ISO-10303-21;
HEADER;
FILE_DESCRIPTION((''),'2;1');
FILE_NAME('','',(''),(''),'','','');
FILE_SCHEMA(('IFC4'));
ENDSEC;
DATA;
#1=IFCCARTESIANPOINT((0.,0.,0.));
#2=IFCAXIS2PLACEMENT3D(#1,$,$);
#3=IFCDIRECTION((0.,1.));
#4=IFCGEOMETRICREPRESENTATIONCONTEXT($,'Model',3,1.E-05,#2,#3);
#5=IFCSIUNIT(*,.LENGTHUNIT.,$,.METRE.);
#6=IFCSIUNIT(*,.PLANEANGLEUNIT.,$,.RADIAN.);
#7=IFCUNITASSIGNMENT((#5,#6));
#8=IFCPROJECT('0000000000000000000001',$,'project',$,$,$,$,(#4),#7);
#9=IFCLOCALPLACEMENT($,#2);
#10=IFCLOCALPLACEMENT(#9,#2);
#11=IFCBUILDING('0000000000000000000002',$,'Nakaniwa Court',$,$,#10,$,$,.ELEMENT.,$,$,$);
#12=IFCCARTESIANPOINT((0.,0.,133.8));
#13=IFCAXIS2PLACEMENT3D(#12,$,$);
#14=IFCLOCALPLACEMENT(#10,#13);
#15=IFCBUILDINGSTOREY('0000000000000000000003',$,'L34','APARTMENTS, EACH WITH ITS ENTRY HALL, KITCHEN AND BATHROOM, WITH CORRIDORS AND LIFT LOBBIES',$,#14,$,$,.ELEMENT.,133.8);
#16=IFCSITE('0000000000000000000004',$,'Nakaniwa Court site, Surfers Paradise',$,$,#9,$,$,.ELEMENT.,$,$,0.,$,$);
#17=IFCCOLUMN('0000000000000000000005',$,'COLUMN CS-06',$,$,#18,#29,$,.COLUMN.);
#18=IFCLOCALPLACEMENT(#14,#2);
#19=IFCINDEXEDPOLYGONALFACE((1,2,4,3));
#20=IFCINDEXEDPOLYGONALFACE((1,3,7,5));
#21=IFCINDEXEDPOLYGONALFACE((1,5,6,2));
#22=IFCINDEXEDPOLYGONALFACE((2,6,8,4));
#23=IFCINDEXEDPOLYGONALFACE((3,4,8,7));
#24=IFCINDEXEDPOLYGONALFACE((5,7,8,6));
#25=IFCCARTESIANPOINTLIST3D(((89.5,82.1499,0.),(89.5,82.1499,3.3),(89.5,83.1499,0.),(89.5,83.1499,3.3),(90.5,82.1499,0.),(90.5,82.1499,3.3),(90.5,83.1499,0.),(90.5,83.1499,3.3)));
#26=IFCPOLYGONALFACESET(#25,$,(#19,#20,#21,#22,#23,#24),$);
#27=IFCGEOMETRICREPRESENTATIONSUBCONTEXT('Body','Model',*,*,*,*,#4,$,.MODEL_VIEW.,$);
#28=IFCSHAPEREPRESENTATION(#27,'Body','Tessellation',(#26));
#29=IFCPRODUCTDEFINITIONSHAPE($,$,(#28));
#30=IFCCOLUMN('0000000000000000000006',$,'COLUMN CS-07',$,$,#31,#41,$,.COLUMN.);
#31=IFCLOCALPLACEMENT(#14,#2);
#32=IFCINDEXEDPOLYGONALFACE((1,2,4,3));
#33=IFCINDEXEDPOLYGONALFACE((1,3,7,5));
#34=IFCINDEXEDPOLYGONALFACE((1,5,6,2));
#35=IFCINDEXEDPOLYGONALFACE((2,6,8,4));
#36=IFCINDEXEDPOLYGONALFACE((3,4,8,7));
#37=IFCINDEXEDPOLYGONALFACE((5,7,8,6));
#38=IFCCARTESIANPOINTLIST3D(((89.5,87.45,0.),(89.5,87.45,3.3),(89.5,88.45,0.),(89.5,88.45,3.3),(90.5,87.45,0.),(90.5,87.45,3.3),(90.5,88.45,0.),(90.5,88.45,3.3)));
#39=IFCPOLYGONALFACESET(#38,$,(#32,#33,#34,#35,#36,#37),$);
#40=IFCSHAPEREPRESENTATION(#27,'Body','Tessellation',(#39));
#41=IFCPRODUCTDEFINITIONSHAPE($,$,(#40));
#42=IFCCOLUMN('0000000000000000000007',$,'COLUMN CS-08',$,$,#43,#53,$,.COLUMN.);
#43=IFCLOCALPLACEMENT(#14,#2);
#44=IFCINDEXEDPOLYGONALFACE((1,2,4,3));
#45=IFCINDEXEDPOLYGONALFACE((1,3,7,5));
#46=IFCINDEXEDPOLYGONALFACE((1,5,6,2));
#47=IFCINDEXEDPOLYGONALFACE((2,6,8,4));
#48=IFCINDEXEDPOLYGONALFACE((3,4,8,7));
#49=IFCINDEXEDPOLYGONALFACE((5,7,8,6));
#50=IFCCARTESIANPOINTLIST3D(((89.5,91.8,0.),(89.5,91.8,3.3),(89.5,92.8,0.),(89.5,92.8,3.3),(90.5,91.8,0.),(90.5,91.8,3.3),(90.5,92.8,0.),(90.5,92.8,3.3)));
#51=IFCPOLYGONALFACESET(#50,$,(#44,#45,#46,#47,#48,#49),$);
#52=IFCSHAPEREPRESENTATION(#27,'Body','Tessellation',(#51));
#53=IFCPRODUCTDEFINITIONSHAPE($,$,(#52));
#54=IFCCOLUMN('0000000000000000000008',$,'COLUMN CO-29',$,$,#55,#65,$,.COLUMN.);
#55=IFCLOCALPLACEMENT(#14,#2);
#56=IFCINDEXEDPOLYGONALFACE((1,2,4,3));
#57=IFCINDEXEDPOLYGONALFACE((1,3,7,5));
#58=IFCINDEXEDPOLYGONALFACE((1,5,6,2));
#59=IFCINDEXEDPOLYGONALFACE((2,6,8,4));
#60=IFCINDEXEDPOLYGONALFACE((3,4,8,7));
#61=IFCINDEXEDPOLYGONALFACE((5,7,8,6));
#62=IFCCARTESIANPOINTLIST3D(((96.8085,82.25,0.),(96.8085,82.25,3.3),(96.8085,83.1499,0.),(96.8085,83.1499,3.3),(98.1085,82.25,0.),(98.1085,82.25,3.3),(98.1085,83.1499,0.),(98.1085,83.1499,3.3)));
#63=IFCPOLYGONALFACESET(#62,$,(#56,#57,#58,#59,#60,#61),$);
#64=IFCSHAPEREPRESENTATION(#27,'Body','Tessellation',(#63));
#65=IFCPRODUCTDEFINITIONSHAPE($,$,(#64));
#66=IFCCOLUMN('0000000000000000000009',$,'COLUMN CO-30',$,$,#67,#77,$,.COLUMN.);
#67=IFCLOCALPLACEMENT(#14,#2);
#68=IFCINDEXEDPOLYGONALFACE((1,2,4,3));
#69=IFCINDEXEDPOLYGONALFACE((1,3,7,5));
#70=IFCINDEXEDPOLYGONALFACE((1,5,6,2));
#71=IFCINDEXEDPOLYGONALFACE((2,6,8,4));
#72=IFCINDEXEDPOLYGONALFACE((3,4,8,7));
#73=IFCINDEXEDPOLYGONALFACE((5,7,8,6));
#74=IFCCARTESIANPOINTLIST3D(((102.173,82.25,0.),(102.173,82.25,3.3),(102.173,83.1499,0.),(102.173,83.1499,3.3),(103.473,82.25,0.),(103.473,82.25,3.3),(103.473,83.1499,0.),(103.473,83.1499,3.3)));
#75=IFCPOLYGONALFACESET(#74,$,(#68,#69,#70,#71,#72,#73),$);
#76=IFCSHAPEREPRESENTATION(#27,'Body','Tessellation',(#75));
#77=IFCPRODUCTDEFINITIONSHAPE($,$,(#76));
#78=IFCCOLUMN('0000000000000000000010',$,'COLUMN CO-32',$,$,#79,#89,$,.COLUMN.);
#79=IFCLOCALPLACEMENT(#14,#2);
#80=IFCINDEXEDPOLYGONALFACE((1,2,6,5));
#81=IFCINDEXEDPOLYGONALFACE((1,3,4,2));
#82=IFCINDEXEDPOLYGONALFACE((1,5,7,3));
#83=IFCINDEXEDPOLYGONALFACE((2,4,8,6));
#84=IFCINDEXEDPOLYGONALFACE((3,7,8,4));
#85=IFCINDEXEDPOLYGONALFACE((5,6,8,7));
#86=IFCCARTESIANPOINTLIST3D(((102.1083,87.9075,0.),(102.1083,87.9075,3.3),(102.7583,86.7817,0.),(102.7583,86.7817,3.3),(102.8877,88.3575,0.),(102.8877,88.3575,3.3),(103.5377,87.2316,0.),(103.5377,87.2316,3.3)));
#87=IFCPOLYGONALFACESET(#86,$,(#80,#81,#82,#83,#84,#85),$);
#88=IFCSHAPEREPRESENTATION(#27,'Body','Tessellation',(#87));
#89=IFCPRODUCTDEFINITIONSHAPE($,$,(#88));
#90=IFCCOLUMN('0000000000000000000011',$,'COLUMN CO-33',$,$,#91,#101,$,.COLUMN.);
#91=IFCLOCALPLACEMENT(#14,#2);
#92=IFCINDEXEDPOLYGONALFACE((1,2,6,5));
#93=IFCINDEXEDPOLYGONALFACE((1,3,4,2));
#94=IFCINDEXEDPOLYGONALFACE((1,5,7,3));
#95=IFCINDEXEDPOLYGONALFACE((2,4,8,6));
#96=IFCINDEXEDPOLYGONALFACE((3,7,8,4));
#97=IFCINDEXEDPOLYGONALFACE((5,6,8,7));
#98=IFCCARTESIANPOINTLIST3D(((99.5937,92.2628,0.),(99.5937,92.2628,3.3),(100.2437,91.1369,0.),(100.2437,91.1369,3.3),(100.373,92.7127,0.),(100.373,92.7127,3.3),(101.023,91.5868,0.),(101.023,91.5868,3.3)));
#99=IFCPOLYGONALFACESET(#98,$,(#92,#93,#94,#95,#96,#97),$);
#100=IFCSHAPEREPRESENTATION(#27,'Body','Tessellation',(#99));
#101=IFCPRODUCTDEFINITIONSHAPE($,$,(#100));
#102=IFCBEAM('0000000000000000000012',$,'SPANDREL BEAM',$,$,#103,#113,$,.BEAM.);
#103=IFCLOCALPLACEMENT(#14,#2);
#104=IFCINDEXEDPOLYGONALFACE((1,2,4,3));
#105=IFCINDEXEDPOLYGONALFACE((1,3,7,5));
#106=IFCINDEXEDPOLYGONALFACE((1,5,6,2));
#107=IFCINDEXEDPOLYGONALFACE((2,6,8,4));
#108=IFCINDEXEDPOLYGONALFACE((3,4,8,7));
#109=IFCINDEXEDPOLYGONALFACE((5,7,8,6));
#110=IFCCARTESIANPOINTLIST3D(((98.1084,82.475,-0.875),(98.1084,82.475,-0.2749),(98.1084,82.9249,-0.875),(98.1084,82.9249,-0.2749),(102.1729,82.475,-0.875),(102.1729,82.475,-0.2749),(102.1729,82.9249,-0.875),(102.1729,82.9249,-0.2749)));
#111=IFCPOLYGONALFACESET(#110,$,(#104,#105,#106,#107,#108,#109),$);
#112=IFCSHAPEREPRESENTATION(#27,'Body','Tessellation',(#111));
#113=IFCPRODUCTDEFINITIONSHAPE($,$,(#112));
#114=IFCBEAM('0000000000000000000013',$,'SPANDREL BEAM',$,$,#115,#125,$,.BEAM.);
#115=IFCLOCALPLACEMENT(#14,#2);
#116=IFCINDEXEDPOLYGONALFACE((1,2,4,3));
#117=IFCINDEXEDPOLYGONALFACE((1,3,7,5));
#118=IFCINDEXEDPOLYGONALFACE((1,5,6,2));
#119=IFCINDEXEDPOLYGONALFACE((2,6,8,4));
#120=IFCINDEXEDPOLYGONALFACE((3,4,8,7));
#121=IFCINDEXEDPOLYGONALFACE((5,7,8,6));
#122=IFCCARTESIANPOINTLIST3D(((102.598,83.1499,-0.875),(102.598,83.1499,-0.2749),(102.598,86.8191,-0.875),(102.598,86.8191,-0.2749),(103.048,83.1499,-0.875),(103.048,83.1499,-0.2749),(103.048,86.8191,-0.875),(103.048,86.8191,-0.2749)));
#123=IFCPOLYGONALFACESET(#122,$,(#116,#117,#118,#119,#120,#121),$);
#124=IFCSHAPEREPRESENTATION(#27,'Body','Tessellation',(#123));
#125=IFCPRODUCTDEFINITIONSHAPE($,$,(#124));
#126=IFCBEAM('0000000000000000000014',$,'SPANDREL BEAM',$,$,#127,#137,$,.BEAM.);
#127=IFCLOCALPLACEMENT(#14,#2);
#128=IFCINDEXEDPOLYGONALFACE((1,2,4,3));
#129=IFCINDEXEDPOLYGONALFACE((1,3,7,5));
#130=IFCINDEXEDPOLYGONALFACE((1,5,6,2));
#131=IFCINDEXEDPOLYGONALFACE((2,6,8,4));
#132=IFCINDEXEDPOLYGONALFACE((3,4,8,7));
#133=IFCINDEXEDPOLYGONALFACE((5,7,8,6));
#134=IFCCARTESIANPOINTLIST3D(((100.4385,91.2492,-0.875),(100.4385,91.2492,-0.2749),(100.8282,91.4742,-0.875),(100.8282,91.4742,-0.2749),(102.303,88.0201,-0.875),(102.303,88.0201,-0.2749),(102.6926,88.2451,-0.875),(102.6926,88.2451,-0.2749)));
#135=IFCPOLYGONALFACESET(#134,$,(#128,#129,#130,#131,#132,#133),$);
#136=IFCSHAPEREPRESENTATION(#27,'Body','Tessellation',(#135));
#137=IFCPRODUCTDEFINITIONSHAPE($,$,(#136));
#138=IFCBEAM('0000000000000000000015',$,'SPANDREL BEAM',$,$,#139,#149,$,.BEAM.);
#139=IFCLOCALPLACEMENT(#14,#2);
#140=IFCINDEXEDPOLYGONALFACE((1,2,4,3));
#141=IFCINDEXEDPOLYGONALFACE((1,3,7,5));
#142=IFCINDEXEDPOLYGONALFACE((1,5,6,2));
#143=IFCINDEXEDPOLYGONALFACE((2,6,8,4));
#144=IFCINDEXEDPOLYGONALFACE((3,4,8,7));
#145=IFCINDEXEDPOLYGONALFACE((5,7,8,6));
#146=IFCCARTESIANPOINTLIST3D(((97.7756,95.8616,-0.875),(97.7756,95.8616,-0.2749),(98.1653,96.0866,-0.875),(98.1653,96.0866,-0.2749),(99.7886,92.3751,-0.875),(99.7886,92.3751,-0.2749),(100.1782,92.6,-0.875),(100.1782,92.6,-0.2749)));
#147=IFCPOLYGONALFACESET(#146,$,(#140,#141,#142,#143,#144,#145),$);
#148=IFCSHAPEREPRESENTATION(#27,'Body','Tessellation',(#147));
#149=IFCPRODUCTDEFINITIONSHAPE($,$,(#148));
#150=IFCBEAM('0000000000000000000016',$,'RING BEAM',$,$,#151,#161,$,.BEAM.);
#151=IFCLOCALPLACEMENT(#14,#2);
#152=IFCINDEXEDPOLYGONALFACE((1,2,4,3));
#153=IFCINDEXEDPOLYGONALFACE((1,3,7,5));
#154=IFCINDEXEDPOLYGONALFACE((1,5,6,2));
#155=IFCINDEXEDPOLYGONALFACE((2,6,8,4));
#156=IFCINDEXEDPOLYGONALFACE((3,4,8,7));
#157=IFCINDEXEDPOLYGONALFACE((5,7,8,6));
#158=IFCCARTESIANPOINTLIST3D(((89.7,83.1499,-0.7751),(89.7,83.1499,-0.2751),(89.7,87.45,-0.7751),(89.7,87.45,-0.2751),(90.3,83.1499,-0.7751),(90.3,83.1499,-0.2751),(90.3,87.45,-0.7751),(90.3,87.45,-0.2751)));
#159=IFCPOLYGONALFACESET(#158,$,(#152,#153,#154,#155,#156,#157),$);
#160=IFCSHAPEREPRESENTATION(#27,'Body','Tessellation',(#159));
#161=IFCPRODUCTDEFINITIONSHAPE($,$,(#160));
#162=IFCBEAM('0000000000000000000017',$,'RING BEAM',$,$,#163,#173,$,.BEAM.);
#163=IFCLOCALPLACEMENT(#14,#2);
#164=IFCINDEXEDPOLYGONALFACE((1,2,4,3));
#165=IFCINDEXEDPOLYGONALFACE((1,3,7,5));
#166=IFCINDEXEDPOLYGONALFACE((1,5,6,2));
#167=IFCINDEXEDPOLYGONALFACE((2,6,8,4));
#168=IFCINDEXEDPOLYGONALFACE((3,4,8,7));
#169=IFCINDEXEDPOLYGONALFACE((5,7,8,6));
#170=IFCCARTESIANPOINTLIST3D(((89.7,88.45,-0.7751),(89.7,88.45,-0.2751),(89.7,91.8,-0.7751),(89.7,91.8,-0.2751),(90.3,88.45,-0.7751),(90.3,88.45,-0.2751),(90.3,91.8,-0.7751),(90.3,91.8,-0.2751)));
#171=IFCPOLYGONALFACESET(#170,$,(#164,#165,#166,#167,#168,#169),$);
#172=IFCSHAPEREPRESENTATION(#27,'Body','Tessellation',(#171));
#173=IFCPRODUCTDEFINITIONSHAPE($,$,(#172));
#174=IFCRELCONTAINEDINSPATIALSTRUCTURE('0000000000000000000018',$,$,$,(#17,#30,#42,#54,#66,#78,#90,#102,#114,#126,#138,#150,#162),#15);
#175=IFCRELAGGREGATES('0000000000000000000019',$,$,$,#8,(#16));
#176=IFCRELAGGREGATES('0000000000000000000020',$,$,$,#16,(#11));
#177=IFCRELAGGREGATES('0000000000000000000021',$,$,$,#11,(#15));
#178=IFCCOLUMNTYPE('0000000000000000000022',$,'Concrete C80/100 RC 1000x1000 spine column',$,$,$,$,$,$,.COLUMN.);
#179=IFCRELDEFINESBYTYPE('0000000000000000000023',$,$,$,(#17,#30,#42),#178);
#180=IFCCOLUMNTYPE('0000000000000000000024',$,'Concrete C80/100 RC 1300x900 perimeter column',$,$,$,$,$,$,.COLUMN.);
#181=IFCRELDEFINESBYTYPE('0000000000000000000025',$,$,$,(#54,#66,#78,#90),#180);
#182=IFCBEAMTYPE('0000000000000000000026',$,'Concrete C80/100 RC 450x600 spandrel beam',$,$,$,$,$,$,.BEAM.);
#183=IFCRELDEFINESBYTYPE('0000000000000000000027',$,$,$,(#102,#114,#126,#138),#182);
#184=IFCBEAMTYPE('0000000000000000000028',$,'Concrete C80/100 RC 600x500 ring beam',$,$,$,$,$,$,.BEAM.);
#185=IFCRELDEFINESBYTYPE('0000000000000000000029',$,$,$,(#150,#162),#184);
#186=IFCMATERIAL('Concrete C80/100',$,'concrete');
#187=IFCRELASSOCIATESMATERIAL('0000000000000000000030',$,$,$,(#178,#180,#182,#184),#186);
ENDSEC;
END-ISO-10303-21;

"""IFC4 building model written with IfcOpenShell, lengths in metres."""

from ifc_helpers import new_model, si_unit, direction, frame, origin, origin_2d, place, context, subcontext, project, spatial, rectangle, extrude, material, material_profile, profile_set, type_object, element, save


model = new_model("IFC4")

# Units and contexts
model_context = context("Model", 3, precision=1e-05, world=origin(), true_north=direction((0.0, 1.0)))
body_context = subcontext(model_context, "Body", "Model", "MODEL_VIEW")
ifc_project = project(units=[si_unit("LENGTHUNIT", "METRE"), si_unit("PLANEANGLEUNIT", "RADIAN")], contexts=[model_context])

# Site, building, storey
site_placement = place(None, origin())
site = spatial("IfcSite", under=ifc_project, at=site_placement, Name="Nakaniwa Court site, Surfers Paradise", CompositionType="ELEMENT", RefElevation=0.0)
building_placement = place(site_placement, origin())
building = spatial("IfcBuilding", under=site, at=building_placement, Name="Nakaniwa Court", CompositionType="ELEMENT")
storey_placement = place(building_placement, frame((0.0, 0.0, 133.8)))
storey = spatial("IfcBuildingStorey", under=building, at=storey_placement, Name="L34", Description="APARTMENTS, EACH WITH ITS ENTRY HALL, KITCHEN AND BATHROOM, WITH CORRIDORS AND LIFT LOBBIES", CompositionType="ELEMENT", Elevation=133.8)

# Columns
ifc_material_1 = material(Name="Concrete C80/100", Category="concrete")
ifc_material_profile_1 = material_profile(ifc_material_1, rectangle(XDim=1.0, YDim=1.0, at=origin_2d()), Name="Concrete C80/100 RC 1000x1000 spine column")
ifc_profile_set_1 = profile_set([ifc_material_profile_1], Name="Concrete C80/100")
column_type_1 = type_object("IfcColumnType", Name="Concrete C80/100 RC 1000x1000 spine column", PredefinedType="COLUMN", material=ifc_profile_set_1)
for number, where, z_axis, x_axis, name in (
    (1, (90.0, 82.6499, 0.0), (0.0, 0.0, 1.0), (0.0, 1.0, 0.0), "COLUMN CS-06"),
    (2, (90.0, 87.95, 0.0), (0.0, 0.0, 1.0), (0.0, 1.0, 0.0), "COLUMN CS-07"),
    (3, (90.0, 92.3, 0.0), (0.0, 0.0, 1.0), (0.0, 1.0, 0.0), "COLUMN CS-08"),
):
    element("IfcColumn", number, at=place(storey_placement, frame(where, z_axis=z_axis, x_axis=x_axis)), inside=storey, type_object=column_type_1, Name=name, PredefinedType="COLUMN", context=body_context, shape_type="SweptSolid", body=[
        extrude(rectangle(XDim=1.0, YDim=1.0, at=origin_2d()), origin(), (0.0, 0.0, 1.0), 3.3),
    ])
ifc_material_profile_2 = material_profile(ifc_material_1, rectangle(XDim=1.3, YDim=0.8999, at=origin_2d()), Name="Concrete C80/100 RC 1300x900 perimeter column")
ifc_profile_set_2 = profile_set([ifc_material_profile_2], Name="Concrete C80/100")
column_type_2 = type_object("IfcColumnType", Name="Concrete C80/100 RC 1300x900 perimeter column", PredefinedType="COLUMN", material=ifc_profile_set_2)
for number, where, z_axis, x_axis, name in (
    (4, (97.4585, 82.7, 0.0), (0.0, 0.0, 1.0), (1.0, 0.0, 0.0), "COLUMN CO-29"),
    (5, (102.823, 82.7, 0.0), (0.0, 0.0, 1.0), (1.0, 0.0, 0.0), "COLUMN CO-30"),
    (6, (102.823, 87.5696, 0.0), (0.0, 0.0, 1.0), (-0.5, 0.866025, 0.0), "COLUMN CO-32"),
    (7, (100.3083, 91.9248, 0.0), (0.0, 0.0, 1.0), (-0.5, 0.866025, 0.0), "COLUMN CO-33"),
):
    element("IfcColumn", number, at=place(storey_placement, frame(where, z_axis=z_axis, x_axis=x_axis)), inside=storey, type_object=column_type_2, Name=name, PredefinedType="COLUMN", context=body_context, shape_type="SweptSolid", body=[
        extrude(rectangle(XDim=1.3, YDim=0.8999, at=origin_2d()), origin(), (0.0, 0.0, 1.0), 3.3),
    ])

# Beams
ifc_material_profile_3 = material_profile(ifc_material_1, rectangle(XDim=0.45, YDim=0.6001, at=origin_2d()), Name="Concrete C80/100 RC 450x600 spandrel beam")
ifc_profile_set_3 = profile_set([ifc_material_profile_3], Name="Concrete C80/100")
beam_type_1 = type_object("IfcBeamType", Name="Concrete C80/100 RC 450x600 spandrel beam", PredefinedType="BEAM", material=ifc_profile_set_3)
beam_1_placement = place(storey_placement, frame((98.1084, 82.7, -0.575), z_axis=(1.0, 0.0, 0.0), x_axis=(0.0, 1.0, 0.0)))
element("IfcBeam", 8, at=beam_1_placement, inside=storey, type_object=beam_type_1, Name="SPANDREL BEAM", PredefinedType="BEAM", context=body_context, shape_type="SweptSolid", body=[
    extrude(rectangle(XDim=0.45, YDim=0.6001, at=origin_2d()), origin(), (0.0, 0.0, 1.0), 4.0645),
])
beam_2_placement = place(storey_placement, frame((102.823, 83.1499, -0.575), z_axis=(0.0, 1.0, 0.0), x_axis=(-1.0, 0.0, 0.0)))
element("IfcBeam", 9, at=beam_2_placement, inside=storey, type_object=beam_type_1, Name="SPANDREL BEAM", PredefinedType="BEAM", context=body_context, shape_type="SweptSolid", body=[
    extrude(rectangle(XDim=0.45, YDim=0.6001, at=origin_2d()), origin(), (0.0, 0.0, 1.0), 3.6692),
])
beam_3_placement = place(storey_placement, frame((102.4978, 88.1326, -0.575), z_axis=(-0.500019, 0.866014, 0.0), x_axis=(-0.866014, -0.500019, 0.0)))
element("IfcBeam", 10, at=beam_3_placement, inside=storey, type_object=beam_type_1, Name="SPANDREL BEAM", PredefinedType="BEAM", context=body_context, shape_type="SweptSolid", body=[
    extrude(rectangle(XDim=0.45, YDim=0.6001, at=origin_2d()), origin(), (0.0, 0.0, 1.0), 3.7288),
])
beam_4_placement = place(storey_placement, frame((99.9834, 92.4875, -0.575), z_axis=(-0.499994, 0.866029, 0.0), x_axis=(-0.866029, -0.499994, 0.0)))
element("IfcBeam", 11, at=beam_4_placement, inside=storey, type_object=beam_type_1, Name="SPANDREL BEAM", PredefinedType="BEAM", context=body_context, shape_type="SweptSolid", body=[
    extrude(rectangle(XDim=0.45, YDim=0.6001, at=origin_2d()), origin(), (0.0, 0.0, 1.0), 4.0259),
])
ifc_material_profile_4 = material_profile(ifc_material_1, rectangle(XDim=0.6001, YDim=0.5, at=origin_2d()), Name="Concrete C80/100 RC 600x500 ring beam")
ifc_profile_set_4 = profile_set([ifc_material_profile_4], Name="Concrete C80/100")
beam_type_2 = type_object("IfcBeamType", Name="Concrete C80/100 RC 600x500 ring beam", PredefinedType="BEAM", material=ifc_profile_set_4)
beam_5_placement = place(storey_placement, frame((90.0, 83.1499, -0.5251), z_axis=(0.0, 1.0, 0.0), x_axis=(-1.0, 0.0, 0.0)))
element("IfcBeam", 12, at=beam_5_placement, inside=storey, type_object=beam_type_2, Name="RING BEAM", PredefinedType="BEAM", context=body_context, shape_type="SweptSolid", body=[
    extrude(rectangle(XDim=0.6001, YDim=0.5, at=origin_2d()), origin(), (0.0, 0.0, 1.0), 4.3),
])
beam_6_placement = place(storey_placement, frame((90.0, 88.45, -0.5251), z_axis=(0.0, 1.0, 0.0), x_axis=(-1.0, 0.0, 0.0)))
element("IfcBeam", 13, at=beam_6_placement, inside=storey, type_object=beam_type_2, Name="RING BEAM", PredefinedType="BEAM", context=body_context, shape_type="SweptSolid", body=[
    extrude(rectangle(XDim=0.6001, YDim=0.5, at=origin_2d()), origin(), (0.0, 0.0, 1.0), 3.3501),
])

save(model, "model.ifc")
